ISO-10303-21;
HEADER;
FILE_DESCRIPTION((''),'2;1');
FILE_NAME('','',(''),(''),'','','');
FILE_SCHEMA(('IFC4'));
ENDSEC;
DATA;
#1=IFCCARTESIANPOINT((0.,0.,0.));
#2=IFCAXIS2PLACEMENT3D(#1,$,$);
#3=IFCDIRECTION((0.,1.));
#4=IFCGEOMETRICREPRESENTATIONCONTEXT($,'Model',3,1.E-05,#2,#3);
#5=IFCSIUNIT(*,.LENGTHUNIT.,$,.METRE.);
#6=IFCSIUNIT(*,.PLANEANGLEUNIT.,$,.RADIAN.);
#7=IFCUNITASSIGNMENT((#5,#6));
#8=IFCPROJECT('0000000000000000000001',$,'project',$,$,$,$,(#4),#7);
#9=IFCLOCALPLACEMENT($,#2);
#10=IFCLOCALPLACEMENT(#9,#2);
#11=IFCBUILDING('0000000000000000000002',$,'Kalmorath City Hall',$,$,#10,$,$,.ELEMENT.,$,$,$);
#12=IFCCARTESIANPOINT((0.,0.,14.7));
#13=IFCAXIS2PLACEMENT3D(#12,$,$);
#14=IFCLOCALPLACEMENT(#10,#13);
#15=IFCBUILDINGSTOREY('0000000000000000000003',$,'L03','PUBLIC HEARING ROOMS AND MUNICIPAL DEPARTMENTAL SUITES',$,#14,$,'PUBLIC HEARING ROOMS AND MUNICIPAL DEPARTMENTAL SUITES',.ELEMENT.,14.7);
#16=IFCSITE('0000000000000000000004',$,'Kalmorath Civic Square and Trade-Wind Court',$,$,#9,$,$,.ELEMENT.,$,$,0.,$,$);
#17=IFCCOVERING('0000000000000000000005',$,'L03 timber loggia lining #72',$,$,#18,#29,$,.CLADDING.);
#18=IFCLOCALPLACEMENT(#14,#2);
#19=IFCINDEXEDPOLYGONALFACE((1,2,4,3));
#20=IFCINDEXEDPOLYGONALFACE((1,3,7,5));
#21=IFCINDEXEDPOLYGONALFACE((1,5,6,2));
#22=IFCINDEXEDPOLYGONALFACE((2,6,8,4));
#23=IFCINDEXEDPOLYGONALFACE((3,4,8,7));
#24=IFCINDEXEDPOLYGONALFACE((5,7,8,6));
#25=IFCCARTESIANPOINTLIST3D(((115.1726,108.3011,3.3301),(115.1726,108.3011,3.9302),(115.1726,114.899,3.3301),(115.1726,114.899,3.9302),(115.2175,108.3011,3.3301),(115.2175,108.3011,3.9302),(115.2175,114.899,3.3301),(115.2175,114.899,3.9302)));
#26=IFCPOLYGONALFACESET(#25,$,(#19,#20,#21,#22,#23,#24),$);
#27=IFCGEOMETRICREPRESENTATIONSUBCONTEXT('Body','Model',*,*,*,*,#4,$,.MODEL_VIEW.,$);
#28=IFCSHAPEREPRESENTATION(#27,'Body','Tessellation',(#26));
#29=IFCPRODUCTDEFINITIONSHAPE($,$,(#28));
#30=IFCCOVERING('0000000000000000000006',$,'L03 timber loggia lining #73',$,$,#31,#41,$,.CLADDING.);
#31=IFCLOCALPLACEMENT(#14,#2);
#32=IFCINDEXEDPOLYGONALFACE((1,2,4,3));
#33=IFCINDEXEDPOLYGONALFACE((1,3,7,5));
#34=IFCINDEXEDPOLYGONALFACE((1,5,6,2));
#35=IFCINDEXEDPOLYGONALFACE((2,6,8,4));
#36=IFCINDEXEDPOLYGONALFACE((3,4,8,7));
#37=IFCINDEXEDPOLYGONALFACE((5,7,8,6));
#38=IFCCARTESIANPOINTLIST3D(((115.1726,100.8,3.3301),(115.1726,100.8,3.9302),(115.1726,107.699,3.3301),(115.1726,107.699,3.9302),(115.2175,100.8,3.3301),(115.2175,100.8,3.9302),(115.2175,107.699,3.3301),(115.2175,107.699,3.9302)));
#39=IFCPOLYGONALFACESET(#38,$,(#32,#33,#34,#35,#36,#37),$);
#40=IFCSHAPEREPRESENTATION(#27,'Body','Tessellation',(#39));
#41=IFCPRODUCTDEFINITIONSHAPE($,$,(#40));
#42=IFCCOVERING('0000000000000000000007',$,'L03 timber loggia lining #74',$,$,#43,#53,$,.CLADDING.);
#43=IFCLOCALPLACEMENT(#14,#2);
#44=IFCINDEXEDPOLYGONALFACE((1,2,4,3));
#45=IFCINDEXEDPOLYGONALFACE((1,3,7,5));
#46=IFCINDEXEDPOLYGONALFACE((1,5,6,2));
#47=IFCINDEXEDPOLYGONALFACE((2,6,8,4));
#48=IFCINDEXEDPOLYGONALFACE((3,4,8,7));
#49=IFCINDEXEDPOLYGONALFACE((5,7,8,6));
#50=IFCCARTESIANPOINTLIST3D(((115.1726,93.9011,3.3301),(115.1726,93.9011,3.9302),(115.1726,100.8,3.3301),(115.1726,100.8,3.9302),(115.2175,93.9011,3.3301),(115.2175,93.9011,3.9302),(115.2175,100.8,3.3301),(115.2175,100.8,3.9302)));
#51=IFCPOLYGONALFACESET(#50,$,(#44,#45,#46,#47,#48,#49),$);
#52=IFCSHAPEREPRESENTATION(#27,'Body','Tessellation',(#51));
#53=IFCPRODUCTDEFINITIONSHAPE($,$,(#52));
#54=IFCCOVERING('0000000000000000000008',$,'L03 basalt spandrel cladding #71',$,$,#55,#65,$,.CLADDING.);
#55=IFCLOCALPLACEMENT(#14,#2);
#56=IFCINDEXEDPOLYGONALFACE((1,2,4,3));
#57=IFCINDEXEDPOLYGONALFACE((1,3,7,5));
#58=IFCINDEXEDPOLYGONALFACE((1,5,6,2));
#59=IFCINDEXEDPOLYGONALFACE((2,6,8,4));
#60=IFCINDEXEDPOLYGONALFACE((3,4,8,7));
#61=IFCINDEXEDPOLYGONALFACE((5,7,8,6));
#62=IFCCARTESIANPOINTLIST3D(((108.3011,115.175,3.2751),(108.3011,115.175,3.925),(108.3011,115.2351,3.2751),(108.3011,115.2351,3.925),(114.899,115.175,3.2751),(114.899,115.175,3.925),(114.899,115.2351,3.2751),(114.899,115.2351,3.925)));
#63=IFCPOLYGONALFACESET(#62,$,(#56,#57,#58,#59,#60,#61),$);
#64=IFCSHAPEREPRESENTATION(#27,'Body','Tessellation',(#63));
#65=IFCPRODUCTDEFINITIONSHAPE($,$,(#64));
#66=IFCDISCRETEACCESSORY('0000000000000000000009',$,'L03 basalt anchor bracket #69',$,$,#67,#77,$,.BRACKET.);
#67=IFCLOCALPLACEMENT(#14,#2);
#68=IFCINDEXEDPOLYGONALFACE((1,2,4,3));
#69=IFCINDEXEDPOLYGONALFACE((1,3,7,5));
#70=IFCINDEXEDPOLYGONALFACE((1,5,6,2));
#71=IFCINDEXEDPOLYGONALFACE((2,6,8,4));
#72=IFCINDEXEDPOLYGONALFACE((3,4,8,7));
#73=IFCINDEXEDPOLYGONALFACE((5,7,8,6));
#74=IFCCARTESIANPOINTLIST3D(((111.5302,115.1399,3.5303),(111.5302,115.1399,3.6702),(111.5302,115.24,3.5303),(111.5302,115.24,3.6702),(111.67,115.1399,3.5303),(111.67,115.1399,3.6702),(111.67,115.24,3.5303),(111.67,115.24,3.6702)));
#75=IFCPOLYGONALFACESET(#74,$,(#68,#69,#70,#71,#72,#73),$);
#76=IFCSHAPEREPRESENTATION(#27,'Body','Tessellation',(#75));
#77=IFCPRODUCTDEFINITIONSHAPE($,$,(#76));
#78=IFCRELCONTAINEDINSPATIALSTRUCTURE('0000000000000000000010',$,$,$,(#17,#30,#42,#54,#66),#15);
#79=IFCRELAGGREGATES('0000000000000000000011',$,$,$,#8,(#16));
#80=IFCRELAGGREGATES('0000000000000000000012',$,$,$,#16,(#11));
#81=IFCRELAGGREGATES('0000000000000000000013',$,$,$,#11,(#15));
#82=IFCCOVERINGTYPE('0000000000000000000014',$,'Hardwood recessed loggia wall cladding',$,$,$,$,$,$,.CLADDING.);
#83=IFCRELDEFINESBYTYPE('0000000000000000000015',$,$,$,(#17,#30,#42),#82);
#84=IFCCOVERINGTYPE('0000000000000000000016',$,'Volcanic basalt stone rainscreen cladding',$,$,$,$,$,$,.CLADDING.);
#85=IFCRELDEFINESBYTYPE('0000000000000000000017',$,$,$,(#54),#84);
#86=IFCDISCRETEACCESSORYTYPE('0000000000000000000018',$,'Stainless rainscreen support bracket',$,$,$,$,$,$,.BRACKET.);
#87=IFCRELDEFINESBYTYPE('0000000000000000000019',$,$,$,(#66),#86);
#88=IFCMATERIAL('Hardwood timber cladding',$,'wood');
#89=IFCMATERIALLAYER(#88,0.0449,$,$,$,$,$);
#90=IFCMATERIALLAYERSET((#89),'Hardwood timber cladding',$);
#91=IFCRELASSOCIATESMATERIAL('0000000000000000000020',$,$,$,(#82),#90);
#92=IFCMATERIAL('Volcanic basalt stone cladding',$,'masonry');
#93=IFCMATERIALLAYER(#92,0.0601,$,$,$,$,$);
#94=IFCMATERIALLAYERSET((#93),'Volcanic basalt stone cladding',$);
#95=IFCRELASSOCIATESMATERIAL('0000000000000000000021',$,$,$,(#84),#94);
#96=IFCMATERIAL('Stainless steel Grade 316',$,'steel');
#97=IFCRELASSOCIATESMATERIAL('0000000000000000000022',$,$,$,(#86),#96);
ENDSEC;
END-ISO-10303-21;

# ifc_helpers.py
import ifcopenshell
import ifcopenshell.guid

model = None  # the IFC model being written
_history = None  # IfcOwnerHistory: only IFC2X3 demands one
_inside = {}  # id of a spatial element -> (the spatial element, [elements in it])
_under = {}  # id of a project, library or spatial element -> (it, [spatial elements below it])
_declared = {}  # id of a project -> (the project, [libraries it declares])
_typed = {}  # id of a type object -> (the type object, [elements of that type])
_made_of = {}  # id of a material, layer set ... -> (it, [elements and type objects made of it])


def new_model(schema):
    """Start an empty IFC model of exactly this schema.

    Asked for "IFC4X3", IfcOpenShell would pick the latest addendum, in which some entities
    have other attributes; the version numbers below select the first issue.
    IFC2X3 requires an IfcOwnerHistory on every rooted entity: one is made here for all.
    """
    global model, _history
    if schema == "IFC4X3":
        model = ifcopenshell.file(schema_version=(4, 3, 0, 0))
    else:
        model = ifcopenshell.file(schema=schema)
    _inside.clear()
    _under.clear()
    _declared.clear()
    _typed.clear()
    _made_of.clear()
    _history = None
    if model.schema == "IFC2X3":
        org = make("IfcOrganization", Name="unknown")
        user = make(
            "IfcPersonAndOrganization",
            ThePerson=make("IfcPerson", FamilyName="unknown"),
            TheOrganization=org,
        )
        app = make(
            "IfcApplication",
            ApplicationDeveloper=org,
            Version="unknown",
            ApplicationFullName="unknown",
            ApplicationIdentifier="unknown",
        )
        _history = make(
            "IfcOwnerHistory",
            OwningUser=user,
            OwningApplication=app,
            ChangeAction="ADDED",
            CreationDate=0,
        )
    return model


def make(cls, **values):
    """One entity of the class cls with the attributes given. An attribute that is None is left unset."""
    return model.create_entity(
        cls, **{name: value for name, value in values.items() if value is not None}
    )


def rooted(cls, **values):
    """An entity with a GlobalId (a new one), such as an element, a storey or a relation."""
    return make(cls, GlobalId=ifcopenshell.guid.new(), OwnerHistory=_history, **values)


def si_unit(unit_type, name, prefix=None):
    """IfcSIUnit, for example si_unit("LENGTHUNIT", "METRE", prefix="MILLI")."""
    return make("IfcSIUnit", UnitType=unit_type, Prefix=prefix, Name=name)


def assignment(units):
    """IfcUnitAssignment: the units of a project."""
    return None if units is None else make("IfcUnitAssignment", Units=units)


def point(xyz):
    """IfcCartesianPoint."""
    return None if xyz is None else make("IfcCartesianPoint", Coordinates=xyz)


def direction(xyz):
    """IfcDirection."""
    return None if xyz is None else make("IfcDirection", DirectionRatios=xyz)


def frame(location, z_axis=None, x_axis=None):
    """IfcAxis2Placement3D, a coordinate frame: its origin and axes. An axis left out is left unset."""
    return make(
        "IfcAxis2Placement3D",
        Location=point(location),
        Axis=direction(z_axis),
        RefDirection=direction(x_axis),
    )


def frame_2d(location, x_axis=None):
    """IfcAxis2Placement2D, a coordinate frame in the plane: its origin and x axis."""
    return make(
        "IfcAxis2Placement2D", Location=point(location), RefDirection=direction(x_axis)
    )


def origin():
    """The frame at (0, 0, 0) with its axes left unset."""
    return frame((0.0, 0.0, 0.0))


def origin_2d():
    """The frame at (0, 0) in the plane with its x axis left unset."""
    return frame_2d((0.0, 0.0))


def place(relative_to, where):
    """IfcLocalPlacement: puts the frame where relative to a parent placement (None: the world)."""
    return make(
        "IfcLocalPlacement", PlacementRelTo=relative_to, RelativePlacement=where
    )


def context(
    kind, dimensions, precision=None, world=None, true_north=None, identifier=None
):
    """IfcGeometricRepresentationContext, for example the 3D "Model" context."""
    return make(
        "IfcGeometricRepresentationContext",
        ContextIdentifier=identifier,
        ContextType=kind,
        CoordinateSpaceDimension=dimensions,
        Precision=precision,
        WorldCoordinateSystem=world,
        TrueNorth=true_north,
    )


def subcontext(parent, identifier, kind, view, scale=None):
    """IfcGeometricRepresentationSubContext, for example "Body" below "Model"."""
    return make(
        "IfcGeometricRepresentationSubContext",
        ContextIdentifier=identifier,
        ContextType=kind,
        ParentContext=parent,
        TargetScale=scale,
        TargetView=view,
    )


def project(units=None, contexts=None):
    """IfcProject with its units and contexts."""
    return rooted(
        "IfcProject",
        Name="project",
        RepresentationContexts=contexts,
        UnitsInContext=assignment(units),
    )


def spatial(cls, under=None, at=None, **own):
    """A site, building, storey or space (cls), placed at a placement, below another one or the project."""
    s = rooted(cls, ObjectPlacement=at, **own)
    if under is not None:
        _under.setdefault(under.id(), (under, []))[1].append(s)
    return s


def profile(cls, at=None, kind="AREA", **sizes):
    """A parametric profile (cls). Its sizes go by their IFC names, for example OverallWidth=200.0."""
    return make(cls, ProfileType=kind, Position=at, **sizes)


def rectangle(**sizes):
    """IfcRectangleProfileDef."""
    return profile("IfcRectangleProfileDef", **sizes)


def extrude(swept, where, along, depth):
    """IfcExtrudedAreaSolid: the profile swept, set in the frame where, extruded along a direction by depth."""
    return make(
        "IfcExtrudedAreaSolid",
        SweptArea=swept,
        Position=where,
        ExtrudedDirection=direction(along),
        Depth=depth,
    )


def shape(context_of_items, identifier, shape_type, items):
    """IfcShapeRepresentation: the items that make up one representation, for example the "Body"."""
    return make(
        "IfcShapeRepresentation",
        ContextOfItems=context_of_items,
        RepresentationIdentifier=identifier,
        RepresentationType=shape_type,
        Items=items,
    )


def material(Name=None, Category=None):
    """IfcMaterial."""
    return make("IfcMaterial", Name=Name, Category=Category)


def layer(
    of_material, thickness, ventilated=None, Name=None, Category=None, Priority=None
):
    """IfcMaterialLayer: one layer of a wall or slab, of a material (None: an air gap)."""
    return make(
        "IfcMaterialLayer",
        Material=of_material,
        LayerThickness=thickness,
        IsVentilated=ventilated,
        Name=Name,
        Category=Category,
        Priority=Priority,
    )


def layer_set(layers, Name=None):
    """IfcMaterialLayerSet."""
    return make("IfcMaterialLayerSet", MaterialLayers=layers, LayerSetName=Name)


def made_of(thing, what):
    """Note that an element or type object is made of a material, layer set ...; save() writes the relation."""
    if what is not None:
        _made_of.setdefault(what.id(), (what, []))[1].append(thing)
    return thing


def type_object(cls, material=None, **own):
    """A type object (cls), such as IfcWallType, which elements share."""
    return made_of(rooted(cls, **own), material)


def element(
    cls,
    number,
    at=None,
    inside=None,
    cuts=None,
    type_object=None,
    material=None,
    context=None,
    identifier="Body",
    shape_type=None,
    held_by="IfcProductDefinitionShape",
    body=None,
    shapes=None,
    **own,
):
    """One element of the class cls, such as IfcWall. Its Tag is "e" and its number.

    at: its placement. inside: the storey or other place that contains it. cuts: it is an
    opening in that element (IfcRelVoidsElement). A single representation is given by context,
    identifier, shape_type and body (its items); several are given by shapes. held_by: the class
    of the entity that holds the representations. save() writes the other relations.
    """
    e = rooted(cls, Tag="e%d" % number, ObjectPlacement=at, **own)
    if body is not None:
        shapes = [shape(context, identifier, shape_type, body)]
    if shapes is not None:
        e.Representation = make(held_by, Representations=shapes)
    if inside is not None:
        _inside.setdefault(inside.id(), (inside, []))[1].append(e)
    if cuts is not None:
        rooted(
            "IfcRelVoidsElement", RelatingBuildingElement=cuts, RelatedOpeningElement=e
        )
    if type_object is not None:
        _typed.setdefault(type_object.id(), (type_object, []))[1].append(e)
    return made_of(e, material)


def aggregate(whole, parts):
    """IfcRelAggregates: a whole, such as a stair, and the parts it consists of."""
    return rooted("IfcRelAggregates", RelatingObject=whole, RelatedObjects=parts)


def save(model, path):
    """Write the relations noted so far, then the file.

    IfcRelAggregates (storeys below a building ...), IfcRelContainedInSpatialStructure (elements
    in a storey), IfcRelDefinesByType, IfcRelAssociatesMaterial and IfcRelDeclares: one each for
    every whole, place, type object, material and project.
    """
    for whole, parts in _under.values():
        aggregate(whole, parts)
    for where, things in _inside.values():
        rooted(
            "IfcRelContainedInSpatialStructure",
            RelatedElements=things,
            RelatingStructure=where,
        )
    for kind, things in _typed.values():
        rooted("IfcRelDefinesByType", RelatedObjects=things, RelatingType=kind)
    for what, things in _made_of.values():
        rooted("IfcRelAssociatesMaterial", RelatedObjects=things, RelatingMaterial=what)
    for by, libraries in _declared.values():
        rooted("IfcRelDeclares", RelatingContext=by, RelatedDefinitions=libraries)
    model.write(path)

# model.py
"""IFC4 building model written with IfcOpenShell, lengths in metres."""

from ifc_helpers import new_model, si_unit, direction, frame, origin, origin_2d, place, context, subcontext, project, spatial, rectangle, extrude, material, layer, layer_set, type_object, element, save


model = new_model("IFC4")

# Units and contexts
model_context = context("Model", 3, precision=1e-05, world=origin(), true_north=direction((0.0, 1.0)))
body_context = subcontext(model_context, "Body", "Model", "MODEL_VIEW")
ifc_project = project(units=[si_unit("LENGTHUNIT", "METRE"), si_unit("PLANEANGLEUNIT", "RADIAN")], contexts=[model_context])

# Site, building, storey
site_placement = place(None, origin())
site = spatial("IfcSite", under=ifc_project, at=site_placement, Name="Kalmorath Civic Square and Trade-Wind Court", CompositionType="ELEMENT", RefElevation=0.0)
building_placement = place(site_placement, origin())
building = spatial("IfcBuilding", under=site, at=building_placement, Name="Kalmorath City Hall", CompositionType="ELEMENT")
storey_placement = place(building_placement, frame((0.0, 0.0, 14.7)))
storey = spatial("IfcBuildingStorey", under=building, at=storey_placement, Name="L03", Description="PUBLIC HEARING ROOMS AND MUNICIPAL DEPARTMENTAL SUITES", LongName="PUBLIC HEARING ROOMS AND MUNICIPAL DEPARTMENTAL SUITES", CompositionType="ELEMENT", Elevation=14.7)

# Coverings
ifc_material_1 = material(Name="Hardwood timber cladding", Category="wood")
ifc_layer_1 = layer(ifc_material_1, 0.0449)
ifc_layer_set_1 = layer_set([ifc_layer_1], Name="Hardwood timber cladding")
covering_type_1 = type_object("IfcCoveringType", Name="Hardwood recessed loggia wall cladding", PredefinedType="CLADDING", material=ifc_layer_set_1)
covering_1_placement = place(storey_placement, frame((115.1951, 111.6001, 3.3301), z_axis=(0.0, 0.0, 1.0), x_axis=(0.0, -1.0, 0.0)))
element("IfcCovering", 1, at=covering_1_placement, inside=storey, type_object=covering_type_1, Name="L03 timber loggia lining #72", PredefinedType="CLADDING", context=body_context, shape_type="SweptSolid", body=[
    extrude(rectangle(XDim=6.5979, YDim=0.0449, at=origin_2d()), origin(), (0.0, 0.0, 1.0), 0.6001),
])
for number, where, z_axis, x_axis, name in (
    (2, (115.1951, 104.2495, 3.3301), (0.0, 0.0, 1.0), (0.0, -1.0, 0.0), "L03 timber loggia lining #73"),
    (3, (115.1951, 97.3506, 3.3301), (0.0, 0.0, 1.0), (0.0, -1.0, 0.0), "L03 timber loggia lining #74"),
):
    element("IfcCovering", number, at=place(storey_placement, frame(where, z_axis=z_axis, x_axis=x_axis)), inside=storey, type_object=covering_type_1, Name=name, PredefinedType="CLADDING", context=body_context, shape_type="SweptSolid", body=[
        extrude(rectangle(XDim=6.8989, YDim=0.0449, at=origin_2d()), origin(), (0.0, 0.0, 1.0), 0.6001),
    ])
ifc_material_2 = material(Name="Volcanic basalt stone cladding", Category="masonry")
ifc_layer_2 = layer(ifc_material_2, 0.0601)
ifc_layer_set_2 = layer_set([ifc_layer_2], Name="Volcanic basalt stone cladding")
covering_type_2 = type_object("IfcCoveringType", Name="Volcanic basalt stone rainscreen cladding", PredefinedType="CLADDING", material=ifc_layer_set_2)
covering_2_placement = place(storey_placement, frame((111.6001, 115.2051, 3.2751), z_axis=(0.0, 0.0, 1.0), x_axis=(1.0, 0.0, 0.0)))
element("IfcCovering", 4, at=covering_2_placement, inside=storey, type_object=covering_type_2, Name="L03 basalt spandrel cladding #71", PredefinedType="CLADDING", context=body_context, shape_type="SweptSolid", body=[
    extrude(rectangle(XDim=6.5979, YDim=0.0601, at=origin_2d()), origin(), (0.0, 0.0, 1.0), 0.6499),
])

# Discrete accessory
ifc_material_3 = material(Name="Stainless steel Grade 316", Category="steel")
discrete_accessory_type = type_object("IfcDiscreteAccessoryType", Name="Stainless rainscreen support bracket", PredefinedType="BRACKET", material=ifc_material_3)
discrete_accessory_placement = place(storey_placement, frame((111.6001, 115.1899, 3.5303), z_axis=(0.0, 0.0, 1.0), x_axis=(1.0, 0.0, 0.0)))
element("IfcDiscreteAccessory", 5, at=discrete_accessory_placement, inside=storey, type_object=discrete_accessory_type, Name="L03 basalt anchor bracket #69", PredefinedType="BRACKET", context=body_context, shape_type="SweptSolid", body=[
    extrude(rectangle(XDim=0.1399, YDim=0.1001, at=origin_2d()), origin(), (0.0, 0.0, 1.0), 0.1399),
])

save(model, "model.ifc")
